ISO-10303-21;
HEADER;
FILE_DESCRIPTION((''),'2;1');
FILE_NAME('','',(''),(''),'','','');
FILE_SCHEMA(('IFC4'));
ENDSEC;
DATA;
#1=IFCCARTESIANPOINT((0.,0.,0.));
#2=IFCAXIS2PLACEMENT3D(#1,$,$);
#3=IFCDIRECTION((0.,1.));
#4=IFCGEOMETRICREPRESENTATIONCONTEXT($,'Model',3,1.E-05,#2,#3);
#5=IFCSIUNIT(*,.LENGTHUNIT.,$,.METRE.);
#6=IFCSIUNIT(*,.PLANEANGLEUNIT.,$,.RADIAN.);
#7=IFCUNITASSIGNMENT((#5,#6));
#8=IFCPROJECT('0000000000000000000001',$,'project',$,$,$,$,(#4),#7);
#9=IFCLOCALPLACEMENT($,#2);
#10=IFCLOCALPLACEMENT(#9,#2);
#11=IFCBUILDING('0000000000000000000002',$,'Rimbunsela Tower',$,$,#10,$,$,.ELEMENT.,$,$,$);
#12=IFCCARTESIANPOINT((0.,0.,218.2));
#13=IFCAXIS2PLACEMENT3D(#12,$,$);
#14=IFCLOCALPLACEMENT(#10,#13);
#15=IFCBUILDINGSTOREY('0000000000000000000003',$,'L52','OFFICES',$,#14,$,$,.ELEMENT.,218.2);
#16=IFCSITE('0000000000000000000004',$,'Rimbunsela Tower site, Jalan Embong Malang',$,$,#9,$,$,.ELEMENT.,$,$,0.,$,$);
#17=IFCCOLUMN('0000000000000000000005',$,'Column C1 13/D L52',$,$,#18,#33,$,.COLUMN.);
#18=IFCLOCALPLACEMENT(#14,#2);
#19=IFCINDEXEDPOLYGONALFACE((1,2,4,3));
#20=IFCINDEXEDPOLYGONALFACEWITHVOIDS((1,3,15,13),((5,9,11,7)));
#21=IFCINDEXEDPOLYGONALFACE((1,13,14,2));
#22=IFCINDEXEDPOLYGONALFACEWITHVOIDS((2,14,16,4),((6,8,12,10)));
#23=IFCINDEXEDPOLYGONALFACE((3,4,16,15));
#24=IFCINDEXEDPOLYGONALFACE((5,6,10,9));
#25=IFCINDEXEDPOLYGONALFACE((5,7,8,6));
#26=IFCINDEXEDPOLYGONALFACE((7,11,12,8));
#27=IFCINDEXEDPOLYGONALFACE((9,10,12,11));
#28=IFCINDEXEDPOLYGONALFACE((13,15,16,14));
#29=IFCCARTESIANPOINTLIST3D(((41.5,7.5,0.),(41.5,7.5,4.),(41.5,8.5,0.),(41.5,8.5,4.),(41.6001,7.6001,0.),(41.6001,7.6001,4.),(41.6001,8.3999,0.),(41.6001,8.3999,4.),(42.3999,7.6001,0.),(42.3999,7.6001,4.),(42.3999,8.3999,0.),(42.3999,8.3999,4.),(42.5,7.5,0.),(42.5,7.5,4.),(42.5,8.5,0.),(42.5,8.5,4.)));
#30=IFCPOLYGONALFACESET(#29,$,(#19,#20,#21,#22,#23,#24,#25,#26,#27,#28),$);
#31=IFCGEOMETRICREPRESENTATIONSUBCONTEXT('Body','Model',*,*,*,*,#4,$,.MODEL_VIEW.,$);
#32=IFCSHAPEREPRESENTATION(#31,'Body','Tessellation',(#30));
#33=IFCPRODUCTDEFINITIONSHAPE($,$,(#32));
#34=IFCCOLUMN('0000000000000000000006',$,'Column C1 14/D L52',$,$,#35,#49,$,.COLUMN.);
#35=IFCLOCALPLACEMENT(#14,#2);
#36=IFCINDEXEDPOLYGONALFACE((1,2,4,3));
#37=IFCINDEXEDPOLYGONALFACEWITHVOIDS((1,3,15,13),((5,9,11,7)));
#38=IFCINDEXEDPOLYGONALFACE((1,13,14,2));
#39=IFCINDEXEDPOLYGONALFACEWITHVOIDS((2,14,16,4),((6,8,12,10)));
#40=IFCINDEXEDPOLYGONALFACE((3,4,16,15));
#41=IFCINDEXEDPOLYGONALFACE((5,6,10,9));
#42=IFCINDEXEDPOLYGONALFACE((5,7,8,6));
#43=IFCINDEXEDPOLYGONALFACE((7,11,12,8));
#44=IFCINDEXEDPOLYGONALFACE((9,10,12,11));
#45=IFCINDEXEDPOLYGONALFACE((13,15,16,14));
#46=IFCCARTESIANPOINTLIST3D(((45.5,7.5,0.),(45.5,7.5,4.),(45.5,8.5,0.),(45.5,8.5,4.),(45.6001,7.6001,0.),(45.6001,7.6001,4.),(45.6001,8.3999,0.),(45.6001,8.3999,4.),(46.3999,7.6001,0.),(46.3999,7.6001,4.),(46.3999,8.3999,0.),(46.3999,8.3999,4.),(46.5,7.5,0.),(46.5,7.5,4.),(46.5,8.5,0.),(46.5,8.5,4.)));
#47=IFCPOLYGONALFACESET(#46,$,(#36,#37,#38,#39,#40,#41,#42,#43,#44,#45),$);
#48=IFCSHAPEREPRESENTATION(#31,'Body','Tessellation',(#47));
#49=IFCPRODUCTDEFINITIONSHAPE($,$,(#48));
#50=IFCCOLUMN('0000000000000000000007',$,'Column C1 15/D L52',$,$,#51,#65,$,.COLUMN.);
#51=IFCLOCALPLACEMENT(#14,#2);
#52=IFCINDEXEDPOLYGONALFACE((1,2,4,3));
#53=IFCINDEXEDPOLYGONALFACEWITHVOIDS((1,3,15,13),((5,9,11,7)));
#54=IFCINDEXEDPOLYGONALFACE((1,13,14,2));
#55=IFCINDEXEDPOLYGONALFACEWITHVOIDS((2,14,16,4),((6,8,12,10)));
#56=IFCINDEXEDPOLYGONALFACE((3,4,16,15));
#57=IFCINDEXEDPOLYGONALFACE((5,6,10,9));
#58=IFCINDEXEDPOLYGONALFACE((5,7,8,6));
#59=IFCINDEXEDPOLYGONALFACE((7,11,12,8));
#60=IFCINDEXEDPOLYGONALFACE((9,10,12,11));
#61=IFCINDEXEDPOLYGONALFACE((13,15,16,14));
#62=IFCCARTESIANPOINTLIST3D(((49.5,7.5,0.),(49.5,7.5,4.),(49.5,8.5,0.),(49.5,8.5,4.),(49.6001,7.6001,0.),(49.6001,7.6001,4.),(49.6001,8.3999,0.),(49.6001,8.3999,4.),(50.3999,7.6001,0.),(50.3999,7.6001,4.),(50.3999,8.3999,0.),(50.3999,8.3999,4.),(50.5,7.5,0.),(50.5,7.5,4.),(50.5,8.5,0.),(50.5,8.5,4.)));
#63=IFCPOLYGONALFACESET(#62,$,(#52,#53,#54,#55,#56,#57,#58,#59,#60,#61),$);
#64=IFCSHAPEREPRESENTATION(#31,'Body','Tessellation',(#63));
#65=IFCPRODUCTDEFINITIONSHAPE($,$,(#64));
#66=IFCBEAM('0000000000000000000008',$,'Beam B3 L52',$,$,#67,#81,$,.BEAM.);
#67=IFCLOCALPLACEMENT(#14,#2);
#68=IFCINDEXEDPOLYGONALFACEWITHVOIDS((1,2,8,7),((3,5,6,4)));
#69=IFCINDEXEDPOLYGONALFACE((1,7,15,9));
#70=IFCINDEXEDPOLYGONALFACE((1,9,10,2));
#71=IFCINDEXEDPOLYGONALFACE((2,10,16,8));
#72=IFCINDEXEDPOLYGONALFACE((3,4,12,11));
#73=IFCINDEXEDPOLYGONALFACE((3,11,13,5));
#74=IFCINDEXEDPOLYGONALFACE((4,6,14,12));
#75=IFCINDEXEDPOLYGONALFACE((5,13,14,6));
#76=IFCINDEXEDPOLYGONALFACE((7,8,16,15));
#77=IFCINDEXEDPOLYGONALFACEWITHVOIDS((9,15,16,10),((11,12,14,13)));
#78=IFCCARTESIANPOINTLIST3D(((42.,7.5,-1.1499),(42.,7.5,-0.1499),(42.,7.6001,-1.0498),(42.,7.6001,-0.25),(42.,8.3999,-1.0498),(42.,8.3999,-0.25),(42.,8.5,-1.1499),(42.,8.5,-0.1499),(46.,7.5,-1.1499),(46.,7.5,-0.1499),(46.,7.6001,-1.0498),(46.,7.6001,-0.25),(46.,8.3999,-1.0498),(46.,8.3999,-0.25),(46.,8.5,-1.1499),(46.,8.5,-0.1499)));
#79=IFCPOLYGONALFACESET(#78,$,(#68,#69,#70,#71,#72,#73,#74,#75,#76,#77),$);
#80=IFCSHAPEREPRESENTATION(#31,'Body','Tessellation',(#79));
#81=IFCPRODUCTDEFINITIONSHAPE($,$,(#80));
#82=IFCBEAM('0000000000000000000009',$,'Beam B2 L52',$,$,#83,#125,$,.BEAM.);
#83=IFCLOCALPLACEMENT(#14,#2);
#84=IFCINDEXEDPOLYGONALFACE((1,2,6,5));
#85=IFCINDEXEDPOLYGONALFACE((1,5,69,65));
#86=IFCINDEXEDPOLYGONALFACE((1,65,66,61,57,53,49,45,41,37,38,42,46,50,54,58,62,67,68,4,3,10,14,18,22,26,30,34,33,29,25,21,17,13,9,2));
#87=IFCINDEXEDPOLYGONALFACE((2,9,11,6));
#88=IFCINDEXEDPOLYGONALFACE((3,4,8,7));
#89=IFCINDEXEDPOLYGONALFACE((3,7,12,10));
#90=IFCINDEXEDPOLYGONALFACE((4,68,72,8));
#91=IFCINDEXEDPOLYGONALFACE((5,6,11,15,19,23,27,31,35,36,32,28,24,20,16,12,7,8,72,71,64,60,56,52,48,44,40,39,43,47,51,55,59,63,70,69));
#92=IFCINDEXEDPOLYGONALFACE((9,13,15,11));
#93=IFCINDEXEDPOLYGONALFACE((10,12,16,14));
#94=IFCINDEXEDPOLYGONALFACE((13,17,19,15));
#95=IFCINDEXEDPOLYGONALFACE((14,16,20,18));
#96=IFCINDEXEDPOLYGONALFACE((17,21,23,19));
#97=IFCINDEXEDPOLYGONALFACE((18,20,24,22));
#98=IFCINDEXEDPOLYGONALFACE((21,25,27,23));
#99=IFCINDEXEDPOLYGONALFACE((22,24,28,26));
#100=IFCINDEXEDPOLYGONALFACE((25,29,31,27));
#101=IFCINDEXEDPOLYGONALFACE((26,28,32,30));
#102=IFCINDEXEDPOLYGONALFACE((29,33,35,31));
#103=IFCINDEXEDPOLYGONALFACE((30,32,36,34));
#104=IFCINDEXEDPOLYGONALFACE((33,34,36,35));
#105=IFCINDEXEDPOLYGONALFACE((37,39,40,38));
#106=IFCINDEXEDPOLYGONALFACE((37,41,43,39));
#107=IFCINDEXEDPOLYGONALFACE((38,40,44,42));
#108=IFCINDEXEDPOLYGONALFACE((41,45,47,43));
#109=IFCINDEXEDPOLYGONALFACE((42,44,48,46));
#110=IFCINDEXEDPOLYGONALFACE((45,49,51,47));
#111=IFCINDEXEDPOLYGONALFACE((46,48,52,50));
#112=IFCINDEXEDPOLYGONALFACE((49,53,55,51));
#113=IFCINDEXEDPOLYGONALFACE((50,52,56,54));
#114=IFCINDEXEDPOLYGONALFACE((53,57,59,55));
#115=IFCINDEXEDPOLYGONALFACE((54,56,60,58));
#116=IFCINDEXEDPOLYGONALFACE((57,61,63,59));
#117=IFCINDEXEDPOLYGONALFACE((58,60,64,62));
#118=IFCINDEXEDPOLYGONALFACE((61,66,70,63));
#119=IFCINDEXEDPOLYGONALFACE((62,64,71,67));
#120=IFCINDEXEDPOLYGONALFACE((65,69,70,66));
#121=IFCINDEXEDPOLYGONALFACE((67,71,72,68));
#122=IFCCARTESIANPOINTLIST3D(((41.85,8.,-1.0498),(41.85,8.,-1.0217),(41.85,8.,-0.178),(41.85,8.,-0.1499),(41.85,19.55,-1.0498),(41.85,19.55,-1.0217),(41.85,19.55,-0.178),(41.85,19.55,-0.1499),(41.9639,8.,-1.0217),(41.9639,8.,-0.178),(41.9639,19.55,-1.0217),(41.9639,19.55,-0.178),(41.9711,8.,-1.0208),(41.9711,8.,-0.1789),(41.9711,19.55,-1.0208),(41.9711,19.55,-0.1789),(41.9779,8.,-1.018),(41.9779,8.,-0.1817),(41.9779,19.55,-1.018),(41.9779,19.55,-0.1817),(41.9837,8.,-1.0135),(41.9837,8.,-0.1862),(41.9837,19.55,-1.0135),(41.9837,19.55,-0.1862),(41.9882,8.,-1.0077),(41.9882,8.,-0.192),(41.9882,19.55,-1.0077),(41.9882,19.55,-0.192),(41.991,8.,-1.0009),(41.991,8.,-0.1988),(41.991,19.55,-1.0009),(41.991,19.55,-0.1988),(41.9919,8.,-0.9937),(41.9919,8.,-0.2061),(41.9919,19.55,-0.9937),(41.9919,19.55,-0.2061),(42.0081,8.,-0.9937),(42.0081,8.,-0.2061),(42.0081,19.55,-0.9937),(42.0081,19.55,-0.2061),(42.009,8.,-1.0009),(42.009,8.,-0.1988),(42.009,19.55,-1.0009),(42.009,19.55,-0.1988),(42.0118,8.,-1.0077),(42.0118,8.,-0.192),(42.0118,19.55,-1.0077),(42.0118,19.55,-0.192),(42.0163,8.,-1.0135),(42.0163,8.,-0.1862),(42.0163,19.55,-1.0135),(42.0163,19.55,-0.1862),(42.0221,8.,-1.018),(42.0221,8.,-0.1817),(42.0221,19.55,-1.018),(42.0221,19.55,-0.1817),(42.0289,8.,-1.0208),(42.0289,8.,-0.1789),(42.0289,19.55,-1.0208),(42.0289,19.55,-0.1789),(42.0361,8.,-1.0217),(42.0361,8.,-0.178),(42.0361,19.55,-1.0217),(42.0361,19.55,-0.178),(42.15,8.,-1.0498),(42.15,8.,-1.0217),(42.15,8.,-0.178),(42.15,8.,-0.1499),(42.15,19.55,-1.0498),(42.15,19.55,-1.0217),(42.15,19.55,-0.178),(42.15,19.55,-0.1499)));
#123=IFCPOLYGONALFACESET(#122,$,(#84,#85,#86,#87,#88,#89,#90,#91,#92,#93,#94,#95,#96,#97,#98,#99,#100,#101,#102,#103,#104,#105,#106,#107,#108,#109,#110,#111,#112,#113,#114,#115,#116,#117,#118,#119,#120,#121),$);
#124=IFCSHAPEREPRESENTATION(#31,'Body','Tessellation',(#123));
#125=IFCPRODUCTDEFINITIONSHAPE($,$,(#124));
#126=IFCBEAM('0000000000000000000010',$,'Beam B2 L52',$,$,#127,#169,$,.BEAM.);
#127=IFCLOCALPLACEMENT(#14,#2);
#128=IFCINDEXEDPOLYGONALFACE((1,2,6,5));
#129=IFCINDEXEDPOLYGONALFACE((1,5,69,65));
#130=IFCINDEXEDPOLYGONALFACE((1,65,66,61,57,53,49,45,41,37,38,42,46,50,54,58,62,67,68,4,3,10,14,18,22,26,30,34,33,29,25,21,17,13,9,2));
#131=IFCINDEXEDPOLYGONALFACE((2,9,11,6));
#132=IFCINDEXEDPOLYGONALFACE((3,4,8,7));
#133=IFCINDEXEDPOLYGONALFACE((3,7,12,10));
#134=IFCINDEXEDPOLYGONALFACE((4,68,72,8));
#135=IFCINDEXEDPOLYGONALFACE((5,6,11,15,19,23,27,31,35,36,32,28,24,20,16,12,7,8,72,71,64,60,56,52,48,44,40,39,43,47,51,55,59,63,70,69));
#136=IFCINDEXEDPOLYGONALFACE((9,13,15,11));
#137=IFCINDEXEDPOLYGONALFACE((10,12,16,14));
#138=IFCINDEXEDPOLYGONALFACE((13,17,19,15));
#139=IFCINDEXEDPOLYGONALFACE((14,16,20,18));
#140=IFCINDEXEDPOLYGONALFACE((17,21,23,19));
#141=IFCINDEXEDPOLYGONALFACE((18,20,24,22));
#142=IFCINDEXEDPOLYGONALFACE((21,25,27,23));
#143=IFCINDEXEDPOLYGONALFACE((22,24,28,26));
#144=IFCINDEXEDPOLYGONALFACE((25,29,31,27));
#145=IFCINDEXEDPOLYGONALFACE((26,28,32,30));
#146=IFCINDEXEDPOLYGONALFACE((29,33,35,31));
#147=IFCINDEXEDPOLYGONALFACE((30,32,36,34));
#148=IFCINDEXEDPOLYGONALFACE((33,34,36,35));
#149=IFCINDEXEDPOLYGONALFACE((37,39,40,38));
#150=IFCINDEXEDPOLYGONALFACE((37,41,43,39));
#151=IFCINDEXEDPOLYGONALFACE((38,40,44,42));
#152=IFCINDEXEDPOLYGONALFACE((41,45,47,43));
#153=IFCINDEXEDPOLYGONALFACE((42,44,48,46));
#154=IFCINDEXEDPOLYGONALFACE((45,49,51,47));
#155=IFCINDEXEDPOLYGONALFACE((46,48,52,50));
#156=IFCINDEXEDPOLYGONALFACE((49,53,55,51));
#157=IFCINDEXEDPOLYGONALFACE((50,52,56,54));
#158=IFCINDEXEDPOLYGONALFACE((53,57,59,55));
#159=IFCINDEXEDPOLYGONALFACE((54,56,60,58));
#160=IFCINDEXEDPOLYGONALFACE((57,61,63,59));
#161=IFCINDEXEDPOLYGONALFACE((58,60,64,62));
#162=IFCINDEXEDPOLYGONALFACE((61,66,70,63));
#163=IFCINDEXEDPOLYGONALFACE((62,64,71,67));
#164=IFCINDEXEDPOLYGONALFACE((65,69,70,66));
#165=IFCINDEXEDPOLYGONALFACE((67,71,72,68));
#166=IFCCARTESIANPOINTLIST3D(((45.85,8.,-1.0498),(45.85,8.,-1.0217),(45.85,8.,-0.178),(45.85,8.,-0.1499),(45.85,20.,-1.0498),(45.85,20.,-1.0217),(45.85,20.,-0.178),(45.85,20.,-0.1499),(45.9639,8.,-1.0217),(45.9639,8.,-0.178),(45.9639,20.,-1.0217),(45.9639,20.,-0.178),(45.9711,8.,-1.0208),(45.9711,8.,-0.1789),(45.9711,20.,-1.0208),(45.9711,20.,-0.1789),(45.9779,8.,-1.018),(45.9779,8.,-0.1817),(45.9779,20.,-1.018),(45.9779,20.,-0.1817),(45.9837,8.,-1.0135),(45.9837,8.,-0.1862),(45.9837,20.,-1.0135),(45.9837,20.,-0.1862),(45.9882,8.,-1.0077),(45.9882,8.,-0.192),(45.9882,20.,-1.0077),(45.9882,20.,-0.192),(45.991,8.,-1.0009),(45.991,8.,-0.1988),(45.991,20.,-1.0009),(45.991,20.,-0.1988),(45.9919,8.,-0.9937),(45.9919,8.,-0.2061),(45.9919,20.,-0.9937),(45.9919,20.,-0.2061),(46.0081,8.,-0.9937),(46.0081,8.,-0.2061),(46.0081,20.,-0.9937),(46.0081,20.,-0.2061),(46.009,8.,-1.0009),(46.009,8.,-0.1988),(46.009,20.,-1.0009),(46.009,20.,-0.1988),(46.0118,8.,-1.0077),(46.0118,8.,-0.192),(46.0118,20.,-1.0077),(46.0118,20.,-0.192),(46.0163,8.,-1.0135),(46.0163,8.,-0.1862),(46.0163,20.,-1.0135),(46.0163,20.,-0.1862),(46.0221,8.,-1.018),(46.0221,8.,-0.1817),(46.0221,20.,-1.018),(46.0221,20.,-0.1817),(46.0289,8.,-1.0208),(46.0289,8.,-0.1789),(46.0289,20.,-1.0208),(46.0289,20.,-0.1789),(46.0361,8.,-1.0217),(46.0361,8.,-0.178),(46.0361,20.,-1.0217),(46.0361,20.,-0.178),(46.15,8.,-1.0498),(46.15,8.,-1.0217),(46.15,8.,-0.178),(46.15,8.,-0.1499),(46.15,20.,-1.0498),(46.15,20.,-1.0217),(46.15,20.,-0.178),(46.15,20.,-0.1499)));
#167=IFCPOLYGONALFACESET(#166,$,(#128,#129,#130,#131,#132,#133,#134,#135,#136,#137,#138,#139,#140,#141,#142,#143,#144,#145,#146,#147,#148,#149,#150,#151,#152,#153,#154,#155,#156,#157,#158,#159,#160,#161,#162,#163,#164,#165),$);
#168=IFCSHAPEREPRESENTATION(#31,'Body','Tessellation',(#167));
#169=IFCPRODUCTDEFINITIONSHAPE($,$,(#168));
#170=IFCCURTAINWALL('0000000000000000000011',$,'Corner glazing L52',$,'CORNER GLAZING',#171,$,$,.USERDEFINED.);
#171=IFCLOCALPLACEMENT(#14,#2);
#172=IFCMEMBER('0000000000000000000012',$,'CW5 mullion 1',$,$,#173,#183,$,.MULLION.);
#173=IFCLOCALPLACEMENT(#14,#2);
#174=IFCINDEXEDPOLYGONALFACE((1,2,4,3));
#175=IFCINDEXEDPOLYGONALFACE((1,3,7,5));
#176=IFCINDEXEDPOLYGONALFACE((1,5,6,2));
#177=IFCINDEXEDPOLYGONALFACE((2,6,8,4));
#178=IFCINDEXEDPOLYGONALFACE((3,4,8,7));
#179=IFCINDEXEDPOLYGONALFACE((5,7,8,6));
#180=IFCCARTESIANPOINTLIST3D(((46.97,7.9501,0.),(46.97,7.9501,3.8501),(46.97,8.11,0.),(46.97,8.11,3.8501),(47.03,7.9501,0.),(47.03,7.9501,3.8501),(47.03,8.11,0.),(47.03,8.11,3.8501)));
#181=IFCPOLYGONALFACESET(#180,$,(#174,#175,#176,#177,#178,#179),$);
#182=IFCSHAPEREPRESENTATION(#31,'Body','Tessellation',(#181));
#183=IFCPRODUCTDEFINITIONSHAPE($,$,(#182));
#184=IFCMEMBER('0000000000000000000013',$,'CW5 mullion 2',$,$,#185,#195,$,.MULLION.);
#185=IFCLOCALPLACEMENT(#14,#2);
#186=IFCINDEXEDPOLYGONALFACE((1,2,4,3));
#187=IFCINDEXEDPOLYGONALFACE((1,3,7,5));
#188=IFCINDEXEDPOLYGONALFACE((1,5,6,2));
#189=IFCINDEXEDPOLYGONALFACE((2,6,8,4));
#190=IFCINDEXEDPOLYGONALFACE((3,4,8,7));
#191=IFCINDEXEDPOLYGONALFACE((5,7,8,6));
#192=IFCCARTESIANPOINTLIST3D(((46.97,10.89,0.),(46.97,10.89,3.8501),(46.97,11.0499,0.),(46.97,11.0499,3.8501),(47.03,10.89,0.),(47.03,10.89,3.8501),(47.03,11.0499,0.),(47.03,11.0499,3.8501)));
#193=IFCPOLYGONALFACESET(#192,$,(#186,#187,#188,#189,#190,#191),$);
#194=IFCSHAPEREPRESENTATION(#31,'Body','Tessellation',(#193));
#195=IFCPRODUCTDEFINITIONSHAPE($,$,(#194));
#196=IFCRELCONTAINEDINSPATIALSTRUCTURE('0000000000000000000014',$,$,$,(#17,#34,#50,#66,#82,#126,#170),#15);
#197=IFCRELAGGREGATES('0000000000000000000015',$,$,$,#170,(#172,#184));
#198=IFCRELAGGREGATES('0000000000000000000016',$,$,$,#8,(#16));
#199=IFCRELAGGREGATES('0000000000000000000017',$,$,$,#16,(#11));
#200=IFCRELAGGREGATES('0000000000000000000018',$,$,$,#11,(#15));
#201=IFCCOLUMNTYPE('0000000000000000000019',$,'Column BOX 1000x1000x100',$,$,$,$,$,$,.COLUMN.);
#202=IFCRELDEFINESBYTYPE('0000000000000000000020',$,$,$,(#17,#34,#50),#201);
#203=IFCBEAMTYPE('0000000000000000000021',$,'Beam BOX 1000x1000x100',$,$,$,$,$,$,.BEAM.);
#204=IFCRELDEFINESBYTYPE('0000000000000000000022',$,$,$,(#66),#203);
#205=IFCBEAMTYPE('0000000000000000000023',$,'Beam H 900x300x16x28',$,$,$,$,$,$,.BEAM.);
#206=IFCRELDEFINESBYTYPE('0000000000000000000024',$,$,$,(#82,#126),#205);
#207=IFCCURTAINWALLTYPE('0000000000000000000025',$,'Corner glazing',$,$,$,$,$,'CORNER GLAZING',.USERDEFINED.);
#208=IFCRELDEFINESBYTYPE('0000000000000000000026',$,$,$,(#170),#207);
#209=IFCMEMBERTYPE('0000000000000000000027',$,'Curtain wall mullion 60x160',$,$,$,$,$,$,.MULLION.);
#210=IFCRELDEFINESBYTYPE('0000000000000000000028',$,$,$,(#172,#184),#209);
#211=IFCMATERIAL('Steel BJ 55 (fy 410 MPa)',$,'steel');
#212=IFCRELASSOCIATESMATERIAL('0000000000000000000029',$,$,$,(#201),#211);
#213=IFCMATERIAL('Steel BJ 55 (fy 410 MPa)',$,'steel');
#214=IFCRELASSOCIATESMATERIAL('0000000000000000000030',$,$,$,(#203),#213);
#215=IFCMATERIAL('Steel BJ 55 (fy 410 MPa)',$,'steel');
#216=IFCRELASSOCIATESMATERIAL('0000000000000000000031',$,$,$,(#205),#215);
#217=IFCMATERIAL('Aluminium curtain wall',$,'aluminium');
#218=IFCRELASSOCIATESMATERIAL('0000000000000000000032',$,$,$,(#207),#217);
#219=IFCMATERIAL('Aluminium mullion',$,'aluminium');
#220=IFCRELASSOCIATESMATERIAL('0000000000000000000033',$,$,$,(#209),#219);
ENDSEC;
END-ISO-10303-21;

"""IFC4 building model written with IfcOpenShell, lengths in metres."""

from ifc_helpers import new_model, si_unit, direction, frame, origin, origin_2d, place, context, subcontext, project, spatial, rectangle, hollow_rectangle, i_section, extrude, material, material_profile, profile_set, type_object, element, aggregate, save


model = new_model("IFC4")

# Units and contexts
model_context = context("Model", 3, precision=1e-05, world=origin(), true_north=direction((0.0, 1.0)))
body_context = subcontext(model_context, "Body", "Model", "MODEL_VIEW")
ifc_project = project(units=[si_unit("LENGTHUNIT", "METRE"), si_unit("PLANEANGLEUNIT", "RADIAN")], contexts=[model_context])

# Site, building, storey
site_placement = place(None, origin())
site = spatial("IfcSite", under=ifc_project, at=site_placement, Name="Rimbunsela Tower site, Jalan Embong Malang", CompositionType="ELEMENT", RefElevation=0.0)
building_placement = place(site_placement, origin())
building = spatial("IfcBuilding", under=site, at=building_placement, Name="Rimbunsela Tower", CompositionType="ELEMENT")
storey_placement = place(building_placement, frame((0.0, 0.0, 218.2)))
storey = spatial("IfcBuildingStorey", under=building, at=storey_placement, Name="L52", Description="OFFICES", CompositionType="ELEMENT", Elevation=218.2)

# Columns
ifc_material_1 = material(Name="Steel BJ 55 (fy 410 MPa)", Category="steel")
ifc_material_profile_1 = material_profile(ifc_material_1, hollow_rectangle(XDim=1.0, YDim=1.0, WallThickness=0.1001, at=origin_2d()), Name="BOX 1000x1000x100")
ifc_profile_set_1 = profile_set([ifc_material_profile_1], Name="Steel BJ 55 (fy 410 MPa)")
column_type = type_object("IfcColumnType", Name="Column BOX 1000x1000x100", PredefinedType="COLUMN", material=ifc_profile_set_1)
for number, where, z_axis, x_axis, name in (
    (1, (42.0, 8.0, 0.0), (0.0, 0.0, 1.0), (1.0, 0.0, 0.0), "Column C1 13/D L52"),
    (2, (46.0, 8.0, 0.0), (0.0, 0.0, 1.0), (1.0, 0.0, 0.0), "Column C1 14/D L52"),
    (3, (50.0, 8.0, 0.0), (0.0, 0.0, 1.0), (1.0, 0.0, 0.0), "Column C1 15/D L52"),
):
    element("IfcColumn", number, at=place(storey_placement, frame(where, z_axis=z_axis, x_axis=x_axis)), inside=storey, type_object=column_type, Name=name, PredefinedType="COLUMN", context=body_context, shape_type="SweptSolid", body=[
        extrude(hollow_rectangle(XDim=1.0, YDim=1.0, WallThickness=0.1001, at=origin_2d()), origin(), (0.0, 0.0, 1.0), 4.0),
    ])

# Beams
ifc_material_2 = material(Name="Steel BJ 55 (fy 410 MPa)", Category="steel")
ifc_material_profile_2 = material_profile(ifc_material_2, hollow_rectangle(XDim=1.0, YDim=1.0, WallThickness=0.1001, at=origin_2d()), Name="BOX 1000x1000x100")
ifc_profile_set_2 = profile_set([ifc_material_profile_2], Name="Steel BJ 55 (fy 410 MPa)")
beam_type_1 = type_object("IfcBeamType", Name="Beam BOX 1000x1000x100", PredefinedType="BEAM", material=ifc_profile_set_2)
beam_1_placement = place(storey_placement, frame((42.0, 8.0, -0.6499), z_axis=(1.0, 0.0, 0.0), x_axis=(0.0, 1.0, 0.0)))
element("IfcBeam", 4, at=beam_1_placement, inside=storey, type_object=beam_type_1, Name="Beam B3 L52", PredefinedType="BEAM", context=body_context, shape_type="SweptSolid", body=[
    extrude(hollow_rectangle(XDim=1.0, YDim=1.0, WallThickness=0.1001, at=origin_2d()), origin(), (0.0, 0.0, 1.0), 4.0),
])
ifc_material_3 = material(Name="Steel BJ 55 (fy 410 MPa)", Category="steel")
ifc_material_profile_3 = material_profile(ifc_material_3, i_section(OverallWidth=0.3, OverallDepth=0.8999, WebThickness=0.0161, FlangeThickness=0.0281, FilletRadius=0.0281, at=origin_2d()), Name="H 900x300x16x28")
ifc_profile_set_3 = profile_set([ifc_material_profile_3], Name="Steel BJ 55 (fy 410 MPa)")
beam_type_2 = type_object("IfcBeamType", Name="Beam H 900x300x16x28", PredefinedType="BEAM", material=ifc_profile_set_3)
beam_2_placement = place(storey_placement, frame((42.0, 8.0, -0.5999), z_axis=(0.0, 1.0, 0.0), x_axis=(-1.0, 0.0, 0.0)))
element("IfcBeam", 5, at=beam_2_placement, inside=storey, type_object=beam_type_2, Name="Beam B2 L52", PredefinedType="BEAM", context=body_context, shape_type="SweptSolid", body=[
    extrude(i_section(OverallWidth=0.3, OverallDepth=0.8999, WebThickness=0.0161, FlangeThickness=0.0281, FilletRadius=0.0281, at=origin_2d()), origin(), (0.0, 0.0, 1.0), 11.55),
])
beam_3_placement = place(storey_placement, frame((46.0, 8.0, -0.5999), z_axis=(0.0, 1.0, 0.0), x_axis=(-1.0, 0.0, 0.0)))
element("IfcBeam", 6, at=beam_3_placement, inside=storey, type_object=beam_type_2, Name="Beam B2 L52", PredefinedType="BEAM", context=body_context, shape_type="SweptSolid", body=[
    extrude(i_section(OverallWidth=0.3, OverallDepth=0.8999, WebThickness=0.0161, FlangeThickness=0.0281, FilletRadius=0.0281, at=origin_2d()), origin(), (0.0, 0.0, 1.0), 12.0),
])

# Curtain wall, members
ifc_material_4 = material(Name="Aluminium curtain wall", Category="aluminium")
curtain_wall_type = type_object("IfcCurtainWallType", Name="Corner glazing", ElementType="CORNER GLAZING", PredefinedType="USERDEFINED", material=ifc_material_4)
curtain_wall_1_placement = place(storey_placement, origin())
curtain_wall_1 = element("IfcCurtainWall", 7, at=curtain_wall_1_placement, inside=storey, type_object=curtain_wall_type, Name="Corner glazing L52", ObjectType="CORNER GLAZING", PredefinedType="USERDEFINED")
ifc_material_5 = material(Name="Aluminium mullion", Category="aluminium")
ifc_material_profile_4 = material_profile(ifc_material_5, rectangle(XDim=0.0601, YDim=0.1599, at=origin_2d()), Name="Mullion 60x160")
ifc_profile_set_4 = profile_set([ifc_material_profile_4], Name="Aluminium mullion")
member_type_1 = type_object("IfcMemberType", Name="Curtain wall mullion 60x160", PredefinedType="MULLION", material=ifc_profile_set_4)
member_1_placement = place(storey_placement, frame((47.0, 8.03, 0.0), z_axis=(0.0, 0.0, 1.0), x_axis=(-1.0, 0.0, 0.0)))
member_1 = element("IfcMember", 8, at=member_1_placement, type_object=member_type_1, Name="CW5 mullion 1", PredefinedType="MULLION", context=body_context, shape_type="SweptSolid", body=[
    extrude(rectangle(XDim=0.0601, YDim=0.1599, at=origin_2d()), origin(), (0.0, 0.0, 1.0), 3.8501),
])
member_2_placement = place(storey_placement, frame((47.0, 10.97, 0.0), z_axis=(0.0, 0.0, 1.0), x_axis=(-1.0, 0.0, 0.0)))
member_2 = element("IfcMember", 9, at=member_2_placement, type_object=member_type_1, Name="CW5 mullion 2", PredefinedType="MULLION", context=body_context, shape_type="SweptSolid", body=[
    extrude(rectangle(XDim=0.0601, YDim=0.1599, at=origin_2d()), origin(), (0.0, 0.0, 1.0), 3.8501),
])

aggregate(curtain_wall_1, [member_1, member_2])

save(model, "model.ifc")
